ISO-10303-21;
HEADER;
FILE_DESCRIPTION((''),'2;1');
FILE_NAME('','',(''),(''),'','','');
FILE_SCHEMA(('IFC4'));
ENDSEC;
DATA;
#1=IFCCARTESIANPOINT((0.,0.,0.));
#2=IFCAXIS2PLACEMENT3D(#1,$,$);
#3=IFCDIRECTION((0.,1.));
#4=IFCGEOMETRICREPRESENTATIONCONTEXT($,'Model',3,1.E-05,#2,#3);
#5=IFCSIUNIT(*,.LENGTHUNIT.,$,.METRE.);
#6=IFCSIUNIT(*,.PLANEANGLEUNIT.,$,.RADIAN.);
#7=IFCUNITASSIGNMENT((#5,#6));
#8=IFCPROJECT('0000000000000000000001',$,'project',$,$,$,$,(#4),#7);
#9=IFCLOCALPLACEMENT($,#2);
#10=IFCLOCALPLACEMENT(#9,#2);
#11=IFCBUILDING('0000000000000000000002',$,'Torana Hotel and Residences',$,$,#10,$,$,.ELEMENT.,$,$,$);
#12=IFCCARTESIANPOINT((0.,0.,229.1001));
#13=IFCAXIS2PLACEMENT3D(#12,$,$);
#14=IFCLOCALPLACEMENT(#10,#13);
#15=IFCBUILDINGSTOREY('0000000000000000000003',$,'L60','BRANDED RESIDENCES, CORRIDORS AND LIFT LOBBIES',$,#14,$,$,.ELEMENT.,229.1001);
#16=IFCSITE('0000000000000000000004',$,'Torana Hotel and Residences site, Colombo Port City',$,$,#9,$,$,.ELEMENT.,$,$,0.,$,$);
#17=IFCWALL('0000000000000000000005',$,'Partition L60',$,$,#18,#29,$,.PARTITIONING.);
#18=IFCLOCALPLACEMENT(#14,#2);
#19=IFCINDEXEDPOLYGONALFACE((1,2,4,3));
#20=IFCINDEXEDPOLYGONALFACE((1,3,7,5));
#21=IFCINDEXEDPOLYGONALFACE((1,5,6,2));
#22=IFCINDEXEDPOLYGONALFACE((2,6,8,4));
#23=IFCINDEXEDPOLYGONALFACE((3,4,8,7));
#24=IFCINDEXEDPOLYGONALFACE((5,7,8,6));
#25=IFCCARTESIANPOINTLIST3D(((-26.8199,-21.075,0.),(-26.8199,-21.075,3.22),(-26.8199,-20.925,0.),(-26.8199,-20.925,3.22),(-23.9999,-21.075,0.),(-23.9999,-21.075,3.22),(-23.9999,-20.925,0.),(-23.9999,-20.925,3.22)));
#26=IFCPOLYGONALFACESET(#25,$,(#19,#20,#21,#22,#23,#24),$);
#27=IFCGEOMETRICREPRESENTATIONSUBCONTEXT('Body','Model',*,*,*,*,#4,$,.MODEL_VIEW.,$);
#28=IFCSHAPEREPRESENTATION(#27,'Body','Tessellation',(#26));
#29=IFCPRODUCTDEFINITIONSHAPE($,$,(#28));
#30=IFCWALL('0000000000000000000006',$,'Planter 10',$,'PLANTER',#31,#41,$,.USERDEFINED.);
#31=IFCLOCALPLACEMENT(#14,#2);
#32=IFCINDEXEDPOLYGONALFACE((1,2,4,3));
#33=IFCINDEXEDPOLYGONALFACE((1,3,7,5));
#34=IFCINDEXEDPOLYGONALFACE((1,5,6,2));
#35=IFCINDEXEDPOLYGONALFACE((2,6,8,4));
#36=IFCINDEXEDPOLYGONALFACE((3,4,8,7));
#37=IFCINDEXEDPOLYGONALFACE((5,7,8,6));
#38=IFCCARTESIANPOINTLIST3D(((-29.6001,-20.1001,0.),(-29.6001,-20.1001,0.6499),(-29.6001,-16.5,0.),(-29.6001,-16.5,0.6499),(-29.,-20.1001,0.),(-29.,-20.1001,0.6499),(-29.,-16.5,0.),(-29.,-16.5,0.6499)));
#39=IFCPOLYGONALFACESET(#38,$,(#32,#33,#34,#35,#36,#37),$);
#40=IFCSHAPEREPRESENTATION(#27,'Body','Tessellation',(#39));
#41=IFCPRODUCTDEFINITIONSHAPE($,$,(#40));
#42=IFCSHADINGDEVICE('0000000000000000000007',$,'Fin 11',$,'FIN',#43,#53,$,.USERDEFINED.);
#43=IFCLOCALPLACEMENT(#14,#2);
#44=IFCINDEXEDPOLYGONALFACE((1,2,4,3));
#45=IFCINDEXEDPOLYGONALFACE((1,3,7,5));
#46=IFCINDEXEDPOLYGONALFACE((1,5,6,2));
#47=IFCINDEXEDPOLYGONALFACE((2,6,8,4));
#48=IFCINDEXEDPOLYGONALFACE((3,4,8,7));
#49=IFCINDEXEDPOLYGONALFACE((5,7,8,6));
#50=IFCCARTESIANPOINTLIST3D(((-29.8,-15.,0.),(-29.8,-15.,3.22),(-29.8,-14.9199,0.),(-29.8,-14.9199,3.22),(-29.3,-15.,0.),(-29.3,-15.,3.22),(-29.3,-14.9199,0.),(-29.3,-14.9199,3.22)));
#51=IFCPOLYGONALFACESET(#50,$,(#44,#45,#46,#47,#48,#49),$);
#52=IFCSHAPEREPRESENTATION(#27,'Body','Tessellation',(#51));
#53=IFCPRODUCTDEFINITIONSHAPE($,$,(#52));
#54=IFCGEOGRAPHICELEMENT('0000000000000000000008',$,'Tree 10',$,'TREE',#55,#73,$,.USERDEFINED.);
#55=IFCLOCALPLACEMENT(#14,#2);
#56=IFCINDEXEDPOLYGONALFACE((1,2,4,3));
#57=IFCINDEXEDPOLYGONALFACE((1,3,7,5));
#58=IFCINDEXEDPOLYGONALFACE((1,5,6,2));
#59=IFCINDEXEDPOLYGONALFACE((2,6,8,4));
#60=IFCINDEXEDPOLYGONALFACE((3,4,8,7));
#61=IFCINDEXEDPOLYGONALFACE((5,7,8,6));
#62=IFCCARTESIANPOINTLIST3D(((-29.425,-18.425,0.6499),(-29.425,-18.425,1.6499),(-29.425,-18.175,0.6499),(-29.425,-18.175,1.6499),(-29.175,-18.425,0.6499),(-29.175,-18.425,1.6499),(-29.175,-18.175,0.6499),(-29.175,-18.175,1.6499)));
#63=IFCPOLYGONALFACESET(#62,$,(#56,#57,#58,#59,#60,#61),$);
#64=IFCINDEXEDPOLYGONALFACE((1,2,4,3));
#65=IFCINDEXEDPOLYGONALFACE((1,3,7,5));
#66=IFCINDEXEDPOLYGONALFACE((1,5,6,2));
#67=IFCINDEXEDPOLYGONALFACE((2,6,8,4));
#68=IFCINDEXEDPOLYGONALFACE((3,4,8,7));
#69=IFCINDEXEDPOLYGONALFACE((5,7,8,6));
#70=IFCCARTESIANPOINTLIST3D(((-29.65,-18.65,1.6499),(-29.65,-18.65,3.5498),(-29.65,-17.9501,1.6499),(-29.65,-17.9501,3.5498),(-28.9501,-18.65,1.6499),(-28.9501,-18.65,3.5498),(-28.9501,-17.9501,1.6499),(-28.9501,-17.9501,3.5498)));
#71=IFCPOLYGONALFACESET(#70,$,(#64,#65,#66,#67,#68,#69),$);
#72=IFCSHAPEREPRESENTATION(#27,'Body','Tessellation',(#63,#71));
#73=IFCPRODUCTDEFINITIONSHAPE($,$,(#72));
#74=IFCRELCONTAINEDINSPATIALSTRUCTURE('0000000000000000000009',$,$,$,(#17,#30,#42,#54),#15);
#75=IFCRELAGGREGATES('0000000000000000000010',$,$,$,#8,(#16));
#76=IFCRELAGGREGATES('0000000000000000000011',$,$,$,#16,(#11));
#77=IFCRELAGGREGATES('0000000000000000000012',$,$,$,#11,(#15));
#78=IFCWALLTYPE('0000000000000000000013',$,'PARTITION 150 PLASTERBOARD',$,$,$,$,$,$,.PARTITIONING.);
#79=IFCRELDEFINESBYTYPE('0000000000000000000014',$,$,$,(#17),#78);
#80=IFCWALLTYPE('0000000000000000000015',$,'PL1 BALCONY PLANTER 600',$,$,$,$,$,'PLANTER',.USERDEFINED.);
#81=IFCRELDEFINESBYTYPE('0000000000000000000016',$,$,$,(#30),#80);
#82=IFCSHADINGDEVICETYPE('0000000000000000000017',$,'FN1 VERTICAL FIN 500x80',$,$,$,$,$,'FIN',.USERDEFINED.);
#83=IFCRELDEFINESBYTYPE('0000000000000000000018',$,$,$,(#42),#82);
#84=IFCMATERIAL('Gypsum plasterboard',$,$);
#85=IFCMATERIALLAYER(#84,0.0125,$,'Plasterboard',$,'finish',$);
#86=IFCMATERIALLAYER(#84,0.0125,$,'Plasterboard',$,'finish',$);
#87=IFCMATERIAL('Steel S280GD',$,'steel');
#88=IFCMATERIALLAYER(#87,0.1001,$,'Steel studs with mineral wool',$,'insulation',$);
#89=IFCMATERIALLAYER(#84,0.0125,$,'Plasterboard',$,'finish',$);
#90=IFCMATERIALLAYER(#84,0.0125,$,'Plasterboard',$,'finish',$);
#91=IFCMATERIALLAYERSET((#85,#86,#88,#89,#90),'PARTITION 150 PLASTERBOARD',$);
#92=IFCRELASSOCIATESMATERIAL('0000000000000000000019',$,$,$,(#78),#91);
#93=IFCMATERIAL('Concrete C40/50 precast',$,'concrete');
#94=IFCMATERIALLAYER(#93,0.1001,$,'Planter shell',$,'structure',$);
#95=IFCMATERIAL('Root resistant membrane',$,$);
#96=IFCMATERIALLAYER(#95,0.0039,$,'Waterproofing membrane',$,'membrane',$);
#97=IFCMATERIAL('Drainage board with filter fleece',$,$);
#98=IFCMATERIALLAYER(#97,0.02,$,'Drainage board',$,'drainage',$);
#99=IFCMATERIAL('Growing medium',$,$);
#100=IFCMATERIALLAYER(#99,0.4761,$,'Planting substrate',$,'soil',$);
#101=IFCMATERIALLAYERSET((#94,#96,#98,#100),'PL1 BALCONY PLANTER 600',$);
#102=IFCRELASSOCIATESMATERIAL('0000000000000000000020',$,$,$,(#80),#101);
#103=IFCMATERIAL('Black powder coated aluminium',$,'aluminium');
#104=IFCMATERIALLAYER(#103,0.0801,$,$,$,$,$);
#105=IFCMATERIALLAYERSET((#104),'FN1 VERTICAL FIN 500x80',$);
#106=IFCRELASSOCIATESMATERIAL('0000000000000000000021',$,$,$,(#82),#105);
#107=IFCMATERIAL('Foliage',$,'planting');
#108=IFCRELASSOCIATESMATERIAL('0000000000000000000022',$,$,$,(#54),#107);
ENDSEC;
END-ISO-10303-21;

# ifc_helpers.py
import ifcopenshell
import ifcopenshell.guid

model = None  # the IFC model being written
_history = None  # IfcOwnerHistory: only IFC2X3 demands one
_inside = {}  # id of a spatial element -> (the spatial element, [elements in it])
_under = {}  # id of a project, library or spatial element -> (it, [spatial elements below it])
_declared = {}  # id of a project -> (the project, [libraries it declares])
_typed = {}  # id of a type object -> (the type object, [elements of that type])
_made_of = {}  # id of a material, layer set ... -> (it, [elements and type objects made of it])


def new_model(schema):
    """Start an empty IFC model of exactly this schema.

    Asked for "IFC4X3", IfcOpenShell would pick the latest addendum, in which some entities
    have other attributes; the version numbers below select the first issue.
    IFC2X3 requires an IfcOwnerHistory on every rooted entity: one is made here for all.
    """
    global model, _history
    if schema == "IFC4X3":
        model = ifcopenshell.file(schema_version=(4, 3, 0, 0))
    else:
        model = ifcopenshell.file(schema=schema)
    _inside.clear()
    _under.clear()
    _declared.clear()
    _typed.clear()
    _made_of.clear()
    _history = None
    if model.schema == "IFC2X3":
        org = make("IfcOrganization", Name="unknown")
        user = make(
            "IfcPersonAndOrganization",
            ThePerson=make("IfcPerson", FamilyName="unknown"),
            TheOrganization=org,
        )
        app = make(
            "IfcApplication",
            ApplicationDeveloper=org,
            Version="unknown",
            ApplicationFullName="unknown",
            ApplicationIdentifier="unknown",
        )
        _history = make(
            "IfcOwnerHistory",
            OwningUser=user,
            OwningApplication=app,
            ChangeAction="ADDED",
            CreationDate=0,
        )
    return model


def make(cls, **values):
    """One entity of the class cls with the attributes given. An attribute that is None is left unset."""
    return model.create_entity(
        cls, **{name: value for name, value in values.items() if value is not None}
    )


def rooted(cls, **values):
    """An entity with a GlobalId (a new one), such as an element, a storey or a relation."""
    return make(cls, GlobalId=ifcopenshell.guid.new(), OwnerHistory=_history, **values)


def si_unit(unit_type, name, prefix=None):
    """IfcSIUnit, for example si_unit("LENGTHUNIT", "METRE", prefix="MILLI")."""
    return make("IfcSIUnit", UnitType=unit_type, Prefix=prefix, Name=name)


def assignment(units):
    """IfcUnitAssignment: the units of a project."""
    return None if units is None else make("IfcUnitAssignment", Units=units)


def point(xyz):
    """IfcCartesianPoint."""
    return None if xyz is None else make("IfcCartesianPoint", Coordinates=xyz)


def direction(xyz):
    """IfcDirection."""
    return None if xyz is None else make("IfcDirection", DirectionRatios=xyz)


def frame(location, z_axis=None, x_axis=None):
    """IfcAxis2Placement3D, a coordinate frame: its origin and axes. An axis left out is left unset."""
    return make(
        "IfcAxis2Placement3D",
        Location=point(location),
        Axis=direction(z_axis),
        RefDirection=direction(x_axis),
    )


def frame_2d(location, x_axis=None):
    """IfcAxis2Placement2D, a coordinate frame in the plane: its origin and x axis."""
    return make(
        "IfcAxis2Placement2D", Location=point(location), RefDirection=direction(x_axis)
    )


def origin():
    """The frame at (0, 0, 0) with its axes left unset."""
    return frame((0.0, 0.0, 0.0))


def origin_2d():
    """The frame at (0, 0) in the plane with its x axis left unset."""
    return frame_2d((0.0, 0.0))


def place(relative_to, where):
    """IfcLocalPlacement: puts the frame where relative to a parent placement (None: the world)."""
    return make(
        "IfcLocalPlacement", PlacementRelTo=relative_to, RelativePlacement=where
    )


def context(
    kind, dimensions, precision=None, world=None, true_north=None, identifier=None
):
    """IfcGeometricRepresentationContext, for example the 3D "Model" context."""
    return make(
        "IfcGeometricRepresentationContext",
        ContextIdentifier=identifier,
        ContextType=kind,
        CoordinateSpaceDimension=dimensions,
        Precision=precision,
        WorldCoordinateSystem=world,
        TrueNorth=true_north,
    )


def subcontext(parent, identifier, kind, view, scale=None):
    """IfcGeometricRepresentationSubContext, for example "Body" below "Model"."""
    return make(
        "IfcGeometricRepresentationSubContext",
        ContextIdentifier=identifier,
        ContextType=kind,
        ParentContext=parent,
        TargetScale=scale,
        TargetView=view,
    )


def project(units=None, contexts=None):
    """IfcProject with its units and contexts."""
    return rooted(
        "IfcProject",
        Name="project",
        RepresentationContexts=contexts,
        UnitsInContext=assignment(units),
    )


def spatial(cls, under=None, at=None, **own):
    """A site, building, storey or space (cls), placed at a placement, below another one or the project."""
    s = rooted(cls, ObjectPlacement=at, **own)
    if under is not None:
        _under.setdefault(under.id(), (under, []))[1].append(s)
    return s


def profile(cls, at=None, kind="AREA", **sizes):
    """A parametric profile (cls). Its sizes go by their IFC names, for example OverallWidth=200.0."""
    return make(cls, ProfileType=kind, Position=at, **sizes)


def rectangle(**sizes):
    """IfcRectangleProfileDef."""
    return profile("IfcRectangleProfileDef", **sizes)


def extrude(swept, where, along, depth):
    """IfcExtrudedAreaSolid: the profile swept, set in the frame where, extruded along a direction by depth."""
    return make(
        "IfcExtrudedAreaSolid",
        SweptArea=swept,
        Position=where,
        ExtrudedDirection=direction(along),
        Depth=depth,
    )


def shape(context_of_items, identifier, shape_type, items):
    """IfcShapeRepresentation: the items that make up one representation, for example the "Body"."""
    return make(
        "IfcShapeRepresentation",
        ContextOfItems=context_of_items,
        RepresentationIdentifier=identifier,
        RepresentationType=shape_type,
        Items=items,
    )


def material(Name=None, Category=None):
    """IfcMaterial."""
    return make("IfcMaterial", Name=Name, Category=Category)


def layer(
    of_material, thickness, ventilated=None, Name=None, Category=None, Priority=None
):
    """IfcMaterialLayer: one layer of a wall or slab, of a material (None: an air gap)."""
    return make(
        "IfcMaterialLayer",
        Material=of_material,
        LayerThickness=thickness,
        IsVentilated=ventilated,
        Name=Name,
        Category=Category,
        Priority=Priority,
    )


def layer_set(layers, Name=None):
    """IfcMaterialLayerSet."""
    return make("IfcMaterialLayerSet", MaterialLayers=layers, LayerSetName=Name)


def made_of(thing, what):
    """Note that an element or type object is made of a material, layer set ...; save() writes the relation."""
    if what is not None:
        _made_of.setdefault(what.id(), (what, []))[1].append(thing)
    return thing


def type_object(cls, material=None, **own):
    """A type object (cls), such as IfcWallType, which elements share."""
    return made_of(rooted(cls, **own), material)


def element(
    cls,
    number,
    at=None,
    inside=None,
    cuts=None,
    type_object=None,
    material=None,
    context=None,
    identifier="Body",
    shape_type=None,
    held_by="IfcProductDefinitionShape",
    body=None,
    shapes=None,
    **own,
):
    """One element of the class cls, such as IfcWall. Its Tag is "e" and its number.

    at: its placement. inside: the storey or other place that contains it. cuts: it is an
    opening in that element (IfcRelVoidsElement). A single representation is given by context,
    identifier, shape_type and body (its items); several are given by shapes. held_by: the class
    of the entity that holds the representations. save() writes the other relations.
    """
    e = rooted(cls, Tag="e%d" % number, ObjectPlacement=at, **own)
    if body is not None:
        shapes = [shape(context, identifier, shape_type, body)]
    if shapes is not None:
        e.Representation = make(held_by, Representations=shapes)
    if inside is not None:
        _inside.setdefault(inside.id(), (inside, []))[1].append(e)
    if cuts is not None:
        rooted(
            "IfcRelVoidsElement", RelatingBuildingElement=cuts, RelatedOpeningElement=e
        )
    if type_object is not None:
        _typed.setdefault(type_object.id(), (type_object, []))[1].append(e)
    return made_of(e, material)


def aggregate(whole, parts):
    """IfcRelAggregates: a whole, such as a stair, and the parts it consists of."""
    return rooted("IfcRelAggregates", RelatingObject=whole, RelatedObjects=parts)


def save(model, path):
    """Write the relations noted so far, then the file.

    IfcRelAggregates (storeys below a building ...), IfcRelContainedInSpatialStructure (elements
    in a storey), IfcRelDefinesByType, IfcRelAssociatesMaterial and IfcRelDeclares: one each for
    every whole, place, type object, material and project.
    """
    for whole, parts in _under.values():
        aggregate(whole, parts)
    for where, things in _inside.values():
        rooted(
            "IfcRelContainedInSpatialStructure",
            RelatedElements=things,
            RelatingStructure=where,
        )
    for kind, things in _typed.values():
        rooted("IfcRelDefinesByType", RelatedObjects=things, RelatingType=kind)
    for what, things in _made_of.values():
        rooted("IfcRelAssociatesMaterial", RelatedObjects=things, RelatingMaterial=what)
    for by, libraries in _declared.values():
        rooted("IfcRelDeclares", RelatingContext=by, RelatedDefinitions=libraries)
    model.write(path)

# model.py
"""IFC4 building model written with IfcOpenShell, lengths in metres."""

from ifc_helpers import new_model, si_unit, direction, frame, frame_2d, origin, origin_2d, place, context, subcontext, project, spatial, rectangle, extrude, material, layer, layer_set, type_object, element, save


model = new_model("IFC4")

# Units and contexts
model_context = context("Model", 3, precision=1e-05, world=origin(), true_north=direction((0.0, 1.0)))
body_context = subcontext(model_context, "Body", "Model", "MODEL_VIEW")
ifc_project = project(units=[si_unit("LENGTHUNIT", "METRE"), si_unit("PLANEANGLEUNIT", "RADIAN")], contexts=[model_context])

# Site, building, storey
site_placement = place(None, origin())
site = spatial("IfcSite", under=ifc_project, at=site_placement, Name="Torana Hotel and Residences site, Colombo Port City", CompositionType="ELEMENT", RefElevation=0.0)
building_placement = place(site_placement, origin())
building = spatial("IfcBuilding", under=site, at=building_placement, Name="Torana Hotel and Residences", CompositionType="ELEMENT")
storey_placement = place(building_placement, frame((0.0, 0.0, 229.1001)))
storey = spatial("IfcBuildingStorey", under=building, at=storey_placement, Name="L60", Description="BRANDED RESIDENCES, CORRIDORS AND LIFT LOBBIES", CompositionType="ELEMENT", Elevation=229.1001)

# Walls
ifc_material_1 = material(Name="Gypsum plasterboard")
ifc_layer_1 = layer(ifc_material_1, 0.0125, Name="Plasterboard", Category="finish")
ifc_layer_2 = layer(ifc_material_1, 0.0125, Name="Plasterboard", Category="finish")
ifc_material_2 = material(Name="Steel S280GD", Category="steel")
ifc_layer_3 = layer(ifc_material_2, 0.1001, Name="Steel studs with mineral wool", Category="insulation")
ifc_layer_4 = layer(ifc_material_1, 0.0125, Name="Plasterboard", Category="finish")
ifc_layer_5 = layer(ifc_material_1, 0.0125, Name="Plasterboard", Category="finish")
ifc_layer_set_1 = layer_set([ifc_layer_1, ifc_layer_2, ifc_layer_3, ifc_layer_4, ifc_layer_5], Name="PARTITION 150 PLASTERBOARD")
wall_type_1 = type_object("IfcWallType", Name="PARTITION 150 PLASTERBOARD", PredefinedType="PARTITIONING", material=ifc_layer_set_1)
wall_1_placement = place(storey_placement, frame((-26.8201, -21.0, 0.0), z_axis=(0.0, 0.0, 1.0), x_axis=(1.0, 0.0, 0.0)))
element("IfcWall", 1, at=wall_1_placement, inside=storey, type_object=wall_type_1, Name="Partition L60", PredefinedType="PARTITIONING", context=body_context, shape_type="SweptSolid", body=[
    extrude(rectangle(XDim=2.8201, YDim=0.1499, at=frame_2d((1.4102, 0.0))), origin(), (0.0, 0.0, 1.0), 3.22),
])
ifc_material_3 = material(Name="Concrete C40/50 precast", Category="concrete")
ifc_layer_6 = layer(ifc_material_3, 0.1001, Name="Planter shell", Category="structure")
ifc_material_4 = material(Name="Root resistant membrane")
ifc_layer_7 = layer(ifc_material_4, 0.0039, Name="Waterproofing membrane", Category="membrane")
ifc_material_5 = material(Name="Drainage board with filter fleece")
ifc_layer_8 = layer(ifc_material_5, 0.02, Name="Drainage board", Category="drainage")
ifc_material_6 = material(Name="Growing medium")
ifc_layer_9 = layer(ifc_material_6, 0.4761, Name="Planting substrate", Category="soil")
ifc_layer_set_2 = layer_set([ifc_layer_6, ifc_layer_7, ifc_layer_8, ifc_layer_9], Name="PL1 BALCONY PLANTER 600")
wall_type_2 = type_object("IfcWallType", Name="PL1 BALCONY PLANTER 600", ElementType="PLANTER", PredefinedType="USERDEFINED", material=ifc_layer_set_2)
wall_2_placement = place(storey_placement, frame((-29.3, -20.1001, 0.0), z_axis=(0.0, 0.0, 1.0), x_axis=(0.0, 1.0, 0.0)))
element("IfcWall", 2, at=wall_2_placement, inside=storey, type_object=wall_type_2, Name="Planter 10", ObjectType="PLANTER", PredefinedType="USERDEFINED", context=body_context, shape_type="SweptSolid", body=[
    extrude(rectangle(XDim=3.6001, YDim=0.6001, at=frame_2d((1.8, 0.0))), origin(), (0.0, 0.0, 1.0), 0.6499),
])

# Shading device
ifc_material_7 = material(Name="Black powder coated aluminium", Category="aluminium")
ifc_layer_10 = layer(ifc_material_7, 0.0801)
ifc_layer_set_3 = layer_set([ifc_layer_10], Name="FN1 VERTICAL FIN 500x80")
shading_device_type = type_object("IfcShadingDeviceType", Name="FN1 VERTICAL FIN 500x80", ElementType="FIN", PredefinedType="USERDEFINED", material=ifc_layer_set_3)
shading_device_placement = place(storey_placement, frame((-29.55, -14.96, 0.0), z_axis=(0.0, 0.0, 1.0), x_axis=(0.0, 1.0, 0.0)))
element("IfcShadingDevice", 3, at=shading_device_placement, inside=storey, type_object=shading_device_type, Name="Fin 11", ObjectType="FIN", PredefinedType="USERDEFINED", context=body_context, shape_type="SweptSolid", body=[
    extrude(rectangle(XDim=0.0801, YDim=0.5, at=origin_2d()), origin(), (0.0, 0.0, 1.0), 3.22),
])

# Geographic element
ifc_material_8 = material(Name="Foliage", Category="planting")
geographic_element_placement = place(storey_placement, frame((-29.3, -18.3, 0.6499), z_axis=(0.0, 0.0, 1.0), x_axis=(1.0, 0.0, 0.0)))
element("IfcGeographicElement", 4, at=geographic_element_placement, inside=storey, material=ifc_material_8, Name="Tree 10", ObjectType="TREE", PredefinedType="USERDEFINED", context=body_context, shape_type="SweptSolid", body=[
    extrude(rectangle(XDim=0.25, YDim=0.25, at=origin_2d()), origin(), (0.0, 0.0, 1.0), 1.0),
    extrude(rectangle(XDim=0.7, YDim=0.7, at=origin_2d()), frame((0.0, 0.0, 1.0)), (0.0, 0.0, 1.0), 1.8999),
])

save(model, "model.ifc")
